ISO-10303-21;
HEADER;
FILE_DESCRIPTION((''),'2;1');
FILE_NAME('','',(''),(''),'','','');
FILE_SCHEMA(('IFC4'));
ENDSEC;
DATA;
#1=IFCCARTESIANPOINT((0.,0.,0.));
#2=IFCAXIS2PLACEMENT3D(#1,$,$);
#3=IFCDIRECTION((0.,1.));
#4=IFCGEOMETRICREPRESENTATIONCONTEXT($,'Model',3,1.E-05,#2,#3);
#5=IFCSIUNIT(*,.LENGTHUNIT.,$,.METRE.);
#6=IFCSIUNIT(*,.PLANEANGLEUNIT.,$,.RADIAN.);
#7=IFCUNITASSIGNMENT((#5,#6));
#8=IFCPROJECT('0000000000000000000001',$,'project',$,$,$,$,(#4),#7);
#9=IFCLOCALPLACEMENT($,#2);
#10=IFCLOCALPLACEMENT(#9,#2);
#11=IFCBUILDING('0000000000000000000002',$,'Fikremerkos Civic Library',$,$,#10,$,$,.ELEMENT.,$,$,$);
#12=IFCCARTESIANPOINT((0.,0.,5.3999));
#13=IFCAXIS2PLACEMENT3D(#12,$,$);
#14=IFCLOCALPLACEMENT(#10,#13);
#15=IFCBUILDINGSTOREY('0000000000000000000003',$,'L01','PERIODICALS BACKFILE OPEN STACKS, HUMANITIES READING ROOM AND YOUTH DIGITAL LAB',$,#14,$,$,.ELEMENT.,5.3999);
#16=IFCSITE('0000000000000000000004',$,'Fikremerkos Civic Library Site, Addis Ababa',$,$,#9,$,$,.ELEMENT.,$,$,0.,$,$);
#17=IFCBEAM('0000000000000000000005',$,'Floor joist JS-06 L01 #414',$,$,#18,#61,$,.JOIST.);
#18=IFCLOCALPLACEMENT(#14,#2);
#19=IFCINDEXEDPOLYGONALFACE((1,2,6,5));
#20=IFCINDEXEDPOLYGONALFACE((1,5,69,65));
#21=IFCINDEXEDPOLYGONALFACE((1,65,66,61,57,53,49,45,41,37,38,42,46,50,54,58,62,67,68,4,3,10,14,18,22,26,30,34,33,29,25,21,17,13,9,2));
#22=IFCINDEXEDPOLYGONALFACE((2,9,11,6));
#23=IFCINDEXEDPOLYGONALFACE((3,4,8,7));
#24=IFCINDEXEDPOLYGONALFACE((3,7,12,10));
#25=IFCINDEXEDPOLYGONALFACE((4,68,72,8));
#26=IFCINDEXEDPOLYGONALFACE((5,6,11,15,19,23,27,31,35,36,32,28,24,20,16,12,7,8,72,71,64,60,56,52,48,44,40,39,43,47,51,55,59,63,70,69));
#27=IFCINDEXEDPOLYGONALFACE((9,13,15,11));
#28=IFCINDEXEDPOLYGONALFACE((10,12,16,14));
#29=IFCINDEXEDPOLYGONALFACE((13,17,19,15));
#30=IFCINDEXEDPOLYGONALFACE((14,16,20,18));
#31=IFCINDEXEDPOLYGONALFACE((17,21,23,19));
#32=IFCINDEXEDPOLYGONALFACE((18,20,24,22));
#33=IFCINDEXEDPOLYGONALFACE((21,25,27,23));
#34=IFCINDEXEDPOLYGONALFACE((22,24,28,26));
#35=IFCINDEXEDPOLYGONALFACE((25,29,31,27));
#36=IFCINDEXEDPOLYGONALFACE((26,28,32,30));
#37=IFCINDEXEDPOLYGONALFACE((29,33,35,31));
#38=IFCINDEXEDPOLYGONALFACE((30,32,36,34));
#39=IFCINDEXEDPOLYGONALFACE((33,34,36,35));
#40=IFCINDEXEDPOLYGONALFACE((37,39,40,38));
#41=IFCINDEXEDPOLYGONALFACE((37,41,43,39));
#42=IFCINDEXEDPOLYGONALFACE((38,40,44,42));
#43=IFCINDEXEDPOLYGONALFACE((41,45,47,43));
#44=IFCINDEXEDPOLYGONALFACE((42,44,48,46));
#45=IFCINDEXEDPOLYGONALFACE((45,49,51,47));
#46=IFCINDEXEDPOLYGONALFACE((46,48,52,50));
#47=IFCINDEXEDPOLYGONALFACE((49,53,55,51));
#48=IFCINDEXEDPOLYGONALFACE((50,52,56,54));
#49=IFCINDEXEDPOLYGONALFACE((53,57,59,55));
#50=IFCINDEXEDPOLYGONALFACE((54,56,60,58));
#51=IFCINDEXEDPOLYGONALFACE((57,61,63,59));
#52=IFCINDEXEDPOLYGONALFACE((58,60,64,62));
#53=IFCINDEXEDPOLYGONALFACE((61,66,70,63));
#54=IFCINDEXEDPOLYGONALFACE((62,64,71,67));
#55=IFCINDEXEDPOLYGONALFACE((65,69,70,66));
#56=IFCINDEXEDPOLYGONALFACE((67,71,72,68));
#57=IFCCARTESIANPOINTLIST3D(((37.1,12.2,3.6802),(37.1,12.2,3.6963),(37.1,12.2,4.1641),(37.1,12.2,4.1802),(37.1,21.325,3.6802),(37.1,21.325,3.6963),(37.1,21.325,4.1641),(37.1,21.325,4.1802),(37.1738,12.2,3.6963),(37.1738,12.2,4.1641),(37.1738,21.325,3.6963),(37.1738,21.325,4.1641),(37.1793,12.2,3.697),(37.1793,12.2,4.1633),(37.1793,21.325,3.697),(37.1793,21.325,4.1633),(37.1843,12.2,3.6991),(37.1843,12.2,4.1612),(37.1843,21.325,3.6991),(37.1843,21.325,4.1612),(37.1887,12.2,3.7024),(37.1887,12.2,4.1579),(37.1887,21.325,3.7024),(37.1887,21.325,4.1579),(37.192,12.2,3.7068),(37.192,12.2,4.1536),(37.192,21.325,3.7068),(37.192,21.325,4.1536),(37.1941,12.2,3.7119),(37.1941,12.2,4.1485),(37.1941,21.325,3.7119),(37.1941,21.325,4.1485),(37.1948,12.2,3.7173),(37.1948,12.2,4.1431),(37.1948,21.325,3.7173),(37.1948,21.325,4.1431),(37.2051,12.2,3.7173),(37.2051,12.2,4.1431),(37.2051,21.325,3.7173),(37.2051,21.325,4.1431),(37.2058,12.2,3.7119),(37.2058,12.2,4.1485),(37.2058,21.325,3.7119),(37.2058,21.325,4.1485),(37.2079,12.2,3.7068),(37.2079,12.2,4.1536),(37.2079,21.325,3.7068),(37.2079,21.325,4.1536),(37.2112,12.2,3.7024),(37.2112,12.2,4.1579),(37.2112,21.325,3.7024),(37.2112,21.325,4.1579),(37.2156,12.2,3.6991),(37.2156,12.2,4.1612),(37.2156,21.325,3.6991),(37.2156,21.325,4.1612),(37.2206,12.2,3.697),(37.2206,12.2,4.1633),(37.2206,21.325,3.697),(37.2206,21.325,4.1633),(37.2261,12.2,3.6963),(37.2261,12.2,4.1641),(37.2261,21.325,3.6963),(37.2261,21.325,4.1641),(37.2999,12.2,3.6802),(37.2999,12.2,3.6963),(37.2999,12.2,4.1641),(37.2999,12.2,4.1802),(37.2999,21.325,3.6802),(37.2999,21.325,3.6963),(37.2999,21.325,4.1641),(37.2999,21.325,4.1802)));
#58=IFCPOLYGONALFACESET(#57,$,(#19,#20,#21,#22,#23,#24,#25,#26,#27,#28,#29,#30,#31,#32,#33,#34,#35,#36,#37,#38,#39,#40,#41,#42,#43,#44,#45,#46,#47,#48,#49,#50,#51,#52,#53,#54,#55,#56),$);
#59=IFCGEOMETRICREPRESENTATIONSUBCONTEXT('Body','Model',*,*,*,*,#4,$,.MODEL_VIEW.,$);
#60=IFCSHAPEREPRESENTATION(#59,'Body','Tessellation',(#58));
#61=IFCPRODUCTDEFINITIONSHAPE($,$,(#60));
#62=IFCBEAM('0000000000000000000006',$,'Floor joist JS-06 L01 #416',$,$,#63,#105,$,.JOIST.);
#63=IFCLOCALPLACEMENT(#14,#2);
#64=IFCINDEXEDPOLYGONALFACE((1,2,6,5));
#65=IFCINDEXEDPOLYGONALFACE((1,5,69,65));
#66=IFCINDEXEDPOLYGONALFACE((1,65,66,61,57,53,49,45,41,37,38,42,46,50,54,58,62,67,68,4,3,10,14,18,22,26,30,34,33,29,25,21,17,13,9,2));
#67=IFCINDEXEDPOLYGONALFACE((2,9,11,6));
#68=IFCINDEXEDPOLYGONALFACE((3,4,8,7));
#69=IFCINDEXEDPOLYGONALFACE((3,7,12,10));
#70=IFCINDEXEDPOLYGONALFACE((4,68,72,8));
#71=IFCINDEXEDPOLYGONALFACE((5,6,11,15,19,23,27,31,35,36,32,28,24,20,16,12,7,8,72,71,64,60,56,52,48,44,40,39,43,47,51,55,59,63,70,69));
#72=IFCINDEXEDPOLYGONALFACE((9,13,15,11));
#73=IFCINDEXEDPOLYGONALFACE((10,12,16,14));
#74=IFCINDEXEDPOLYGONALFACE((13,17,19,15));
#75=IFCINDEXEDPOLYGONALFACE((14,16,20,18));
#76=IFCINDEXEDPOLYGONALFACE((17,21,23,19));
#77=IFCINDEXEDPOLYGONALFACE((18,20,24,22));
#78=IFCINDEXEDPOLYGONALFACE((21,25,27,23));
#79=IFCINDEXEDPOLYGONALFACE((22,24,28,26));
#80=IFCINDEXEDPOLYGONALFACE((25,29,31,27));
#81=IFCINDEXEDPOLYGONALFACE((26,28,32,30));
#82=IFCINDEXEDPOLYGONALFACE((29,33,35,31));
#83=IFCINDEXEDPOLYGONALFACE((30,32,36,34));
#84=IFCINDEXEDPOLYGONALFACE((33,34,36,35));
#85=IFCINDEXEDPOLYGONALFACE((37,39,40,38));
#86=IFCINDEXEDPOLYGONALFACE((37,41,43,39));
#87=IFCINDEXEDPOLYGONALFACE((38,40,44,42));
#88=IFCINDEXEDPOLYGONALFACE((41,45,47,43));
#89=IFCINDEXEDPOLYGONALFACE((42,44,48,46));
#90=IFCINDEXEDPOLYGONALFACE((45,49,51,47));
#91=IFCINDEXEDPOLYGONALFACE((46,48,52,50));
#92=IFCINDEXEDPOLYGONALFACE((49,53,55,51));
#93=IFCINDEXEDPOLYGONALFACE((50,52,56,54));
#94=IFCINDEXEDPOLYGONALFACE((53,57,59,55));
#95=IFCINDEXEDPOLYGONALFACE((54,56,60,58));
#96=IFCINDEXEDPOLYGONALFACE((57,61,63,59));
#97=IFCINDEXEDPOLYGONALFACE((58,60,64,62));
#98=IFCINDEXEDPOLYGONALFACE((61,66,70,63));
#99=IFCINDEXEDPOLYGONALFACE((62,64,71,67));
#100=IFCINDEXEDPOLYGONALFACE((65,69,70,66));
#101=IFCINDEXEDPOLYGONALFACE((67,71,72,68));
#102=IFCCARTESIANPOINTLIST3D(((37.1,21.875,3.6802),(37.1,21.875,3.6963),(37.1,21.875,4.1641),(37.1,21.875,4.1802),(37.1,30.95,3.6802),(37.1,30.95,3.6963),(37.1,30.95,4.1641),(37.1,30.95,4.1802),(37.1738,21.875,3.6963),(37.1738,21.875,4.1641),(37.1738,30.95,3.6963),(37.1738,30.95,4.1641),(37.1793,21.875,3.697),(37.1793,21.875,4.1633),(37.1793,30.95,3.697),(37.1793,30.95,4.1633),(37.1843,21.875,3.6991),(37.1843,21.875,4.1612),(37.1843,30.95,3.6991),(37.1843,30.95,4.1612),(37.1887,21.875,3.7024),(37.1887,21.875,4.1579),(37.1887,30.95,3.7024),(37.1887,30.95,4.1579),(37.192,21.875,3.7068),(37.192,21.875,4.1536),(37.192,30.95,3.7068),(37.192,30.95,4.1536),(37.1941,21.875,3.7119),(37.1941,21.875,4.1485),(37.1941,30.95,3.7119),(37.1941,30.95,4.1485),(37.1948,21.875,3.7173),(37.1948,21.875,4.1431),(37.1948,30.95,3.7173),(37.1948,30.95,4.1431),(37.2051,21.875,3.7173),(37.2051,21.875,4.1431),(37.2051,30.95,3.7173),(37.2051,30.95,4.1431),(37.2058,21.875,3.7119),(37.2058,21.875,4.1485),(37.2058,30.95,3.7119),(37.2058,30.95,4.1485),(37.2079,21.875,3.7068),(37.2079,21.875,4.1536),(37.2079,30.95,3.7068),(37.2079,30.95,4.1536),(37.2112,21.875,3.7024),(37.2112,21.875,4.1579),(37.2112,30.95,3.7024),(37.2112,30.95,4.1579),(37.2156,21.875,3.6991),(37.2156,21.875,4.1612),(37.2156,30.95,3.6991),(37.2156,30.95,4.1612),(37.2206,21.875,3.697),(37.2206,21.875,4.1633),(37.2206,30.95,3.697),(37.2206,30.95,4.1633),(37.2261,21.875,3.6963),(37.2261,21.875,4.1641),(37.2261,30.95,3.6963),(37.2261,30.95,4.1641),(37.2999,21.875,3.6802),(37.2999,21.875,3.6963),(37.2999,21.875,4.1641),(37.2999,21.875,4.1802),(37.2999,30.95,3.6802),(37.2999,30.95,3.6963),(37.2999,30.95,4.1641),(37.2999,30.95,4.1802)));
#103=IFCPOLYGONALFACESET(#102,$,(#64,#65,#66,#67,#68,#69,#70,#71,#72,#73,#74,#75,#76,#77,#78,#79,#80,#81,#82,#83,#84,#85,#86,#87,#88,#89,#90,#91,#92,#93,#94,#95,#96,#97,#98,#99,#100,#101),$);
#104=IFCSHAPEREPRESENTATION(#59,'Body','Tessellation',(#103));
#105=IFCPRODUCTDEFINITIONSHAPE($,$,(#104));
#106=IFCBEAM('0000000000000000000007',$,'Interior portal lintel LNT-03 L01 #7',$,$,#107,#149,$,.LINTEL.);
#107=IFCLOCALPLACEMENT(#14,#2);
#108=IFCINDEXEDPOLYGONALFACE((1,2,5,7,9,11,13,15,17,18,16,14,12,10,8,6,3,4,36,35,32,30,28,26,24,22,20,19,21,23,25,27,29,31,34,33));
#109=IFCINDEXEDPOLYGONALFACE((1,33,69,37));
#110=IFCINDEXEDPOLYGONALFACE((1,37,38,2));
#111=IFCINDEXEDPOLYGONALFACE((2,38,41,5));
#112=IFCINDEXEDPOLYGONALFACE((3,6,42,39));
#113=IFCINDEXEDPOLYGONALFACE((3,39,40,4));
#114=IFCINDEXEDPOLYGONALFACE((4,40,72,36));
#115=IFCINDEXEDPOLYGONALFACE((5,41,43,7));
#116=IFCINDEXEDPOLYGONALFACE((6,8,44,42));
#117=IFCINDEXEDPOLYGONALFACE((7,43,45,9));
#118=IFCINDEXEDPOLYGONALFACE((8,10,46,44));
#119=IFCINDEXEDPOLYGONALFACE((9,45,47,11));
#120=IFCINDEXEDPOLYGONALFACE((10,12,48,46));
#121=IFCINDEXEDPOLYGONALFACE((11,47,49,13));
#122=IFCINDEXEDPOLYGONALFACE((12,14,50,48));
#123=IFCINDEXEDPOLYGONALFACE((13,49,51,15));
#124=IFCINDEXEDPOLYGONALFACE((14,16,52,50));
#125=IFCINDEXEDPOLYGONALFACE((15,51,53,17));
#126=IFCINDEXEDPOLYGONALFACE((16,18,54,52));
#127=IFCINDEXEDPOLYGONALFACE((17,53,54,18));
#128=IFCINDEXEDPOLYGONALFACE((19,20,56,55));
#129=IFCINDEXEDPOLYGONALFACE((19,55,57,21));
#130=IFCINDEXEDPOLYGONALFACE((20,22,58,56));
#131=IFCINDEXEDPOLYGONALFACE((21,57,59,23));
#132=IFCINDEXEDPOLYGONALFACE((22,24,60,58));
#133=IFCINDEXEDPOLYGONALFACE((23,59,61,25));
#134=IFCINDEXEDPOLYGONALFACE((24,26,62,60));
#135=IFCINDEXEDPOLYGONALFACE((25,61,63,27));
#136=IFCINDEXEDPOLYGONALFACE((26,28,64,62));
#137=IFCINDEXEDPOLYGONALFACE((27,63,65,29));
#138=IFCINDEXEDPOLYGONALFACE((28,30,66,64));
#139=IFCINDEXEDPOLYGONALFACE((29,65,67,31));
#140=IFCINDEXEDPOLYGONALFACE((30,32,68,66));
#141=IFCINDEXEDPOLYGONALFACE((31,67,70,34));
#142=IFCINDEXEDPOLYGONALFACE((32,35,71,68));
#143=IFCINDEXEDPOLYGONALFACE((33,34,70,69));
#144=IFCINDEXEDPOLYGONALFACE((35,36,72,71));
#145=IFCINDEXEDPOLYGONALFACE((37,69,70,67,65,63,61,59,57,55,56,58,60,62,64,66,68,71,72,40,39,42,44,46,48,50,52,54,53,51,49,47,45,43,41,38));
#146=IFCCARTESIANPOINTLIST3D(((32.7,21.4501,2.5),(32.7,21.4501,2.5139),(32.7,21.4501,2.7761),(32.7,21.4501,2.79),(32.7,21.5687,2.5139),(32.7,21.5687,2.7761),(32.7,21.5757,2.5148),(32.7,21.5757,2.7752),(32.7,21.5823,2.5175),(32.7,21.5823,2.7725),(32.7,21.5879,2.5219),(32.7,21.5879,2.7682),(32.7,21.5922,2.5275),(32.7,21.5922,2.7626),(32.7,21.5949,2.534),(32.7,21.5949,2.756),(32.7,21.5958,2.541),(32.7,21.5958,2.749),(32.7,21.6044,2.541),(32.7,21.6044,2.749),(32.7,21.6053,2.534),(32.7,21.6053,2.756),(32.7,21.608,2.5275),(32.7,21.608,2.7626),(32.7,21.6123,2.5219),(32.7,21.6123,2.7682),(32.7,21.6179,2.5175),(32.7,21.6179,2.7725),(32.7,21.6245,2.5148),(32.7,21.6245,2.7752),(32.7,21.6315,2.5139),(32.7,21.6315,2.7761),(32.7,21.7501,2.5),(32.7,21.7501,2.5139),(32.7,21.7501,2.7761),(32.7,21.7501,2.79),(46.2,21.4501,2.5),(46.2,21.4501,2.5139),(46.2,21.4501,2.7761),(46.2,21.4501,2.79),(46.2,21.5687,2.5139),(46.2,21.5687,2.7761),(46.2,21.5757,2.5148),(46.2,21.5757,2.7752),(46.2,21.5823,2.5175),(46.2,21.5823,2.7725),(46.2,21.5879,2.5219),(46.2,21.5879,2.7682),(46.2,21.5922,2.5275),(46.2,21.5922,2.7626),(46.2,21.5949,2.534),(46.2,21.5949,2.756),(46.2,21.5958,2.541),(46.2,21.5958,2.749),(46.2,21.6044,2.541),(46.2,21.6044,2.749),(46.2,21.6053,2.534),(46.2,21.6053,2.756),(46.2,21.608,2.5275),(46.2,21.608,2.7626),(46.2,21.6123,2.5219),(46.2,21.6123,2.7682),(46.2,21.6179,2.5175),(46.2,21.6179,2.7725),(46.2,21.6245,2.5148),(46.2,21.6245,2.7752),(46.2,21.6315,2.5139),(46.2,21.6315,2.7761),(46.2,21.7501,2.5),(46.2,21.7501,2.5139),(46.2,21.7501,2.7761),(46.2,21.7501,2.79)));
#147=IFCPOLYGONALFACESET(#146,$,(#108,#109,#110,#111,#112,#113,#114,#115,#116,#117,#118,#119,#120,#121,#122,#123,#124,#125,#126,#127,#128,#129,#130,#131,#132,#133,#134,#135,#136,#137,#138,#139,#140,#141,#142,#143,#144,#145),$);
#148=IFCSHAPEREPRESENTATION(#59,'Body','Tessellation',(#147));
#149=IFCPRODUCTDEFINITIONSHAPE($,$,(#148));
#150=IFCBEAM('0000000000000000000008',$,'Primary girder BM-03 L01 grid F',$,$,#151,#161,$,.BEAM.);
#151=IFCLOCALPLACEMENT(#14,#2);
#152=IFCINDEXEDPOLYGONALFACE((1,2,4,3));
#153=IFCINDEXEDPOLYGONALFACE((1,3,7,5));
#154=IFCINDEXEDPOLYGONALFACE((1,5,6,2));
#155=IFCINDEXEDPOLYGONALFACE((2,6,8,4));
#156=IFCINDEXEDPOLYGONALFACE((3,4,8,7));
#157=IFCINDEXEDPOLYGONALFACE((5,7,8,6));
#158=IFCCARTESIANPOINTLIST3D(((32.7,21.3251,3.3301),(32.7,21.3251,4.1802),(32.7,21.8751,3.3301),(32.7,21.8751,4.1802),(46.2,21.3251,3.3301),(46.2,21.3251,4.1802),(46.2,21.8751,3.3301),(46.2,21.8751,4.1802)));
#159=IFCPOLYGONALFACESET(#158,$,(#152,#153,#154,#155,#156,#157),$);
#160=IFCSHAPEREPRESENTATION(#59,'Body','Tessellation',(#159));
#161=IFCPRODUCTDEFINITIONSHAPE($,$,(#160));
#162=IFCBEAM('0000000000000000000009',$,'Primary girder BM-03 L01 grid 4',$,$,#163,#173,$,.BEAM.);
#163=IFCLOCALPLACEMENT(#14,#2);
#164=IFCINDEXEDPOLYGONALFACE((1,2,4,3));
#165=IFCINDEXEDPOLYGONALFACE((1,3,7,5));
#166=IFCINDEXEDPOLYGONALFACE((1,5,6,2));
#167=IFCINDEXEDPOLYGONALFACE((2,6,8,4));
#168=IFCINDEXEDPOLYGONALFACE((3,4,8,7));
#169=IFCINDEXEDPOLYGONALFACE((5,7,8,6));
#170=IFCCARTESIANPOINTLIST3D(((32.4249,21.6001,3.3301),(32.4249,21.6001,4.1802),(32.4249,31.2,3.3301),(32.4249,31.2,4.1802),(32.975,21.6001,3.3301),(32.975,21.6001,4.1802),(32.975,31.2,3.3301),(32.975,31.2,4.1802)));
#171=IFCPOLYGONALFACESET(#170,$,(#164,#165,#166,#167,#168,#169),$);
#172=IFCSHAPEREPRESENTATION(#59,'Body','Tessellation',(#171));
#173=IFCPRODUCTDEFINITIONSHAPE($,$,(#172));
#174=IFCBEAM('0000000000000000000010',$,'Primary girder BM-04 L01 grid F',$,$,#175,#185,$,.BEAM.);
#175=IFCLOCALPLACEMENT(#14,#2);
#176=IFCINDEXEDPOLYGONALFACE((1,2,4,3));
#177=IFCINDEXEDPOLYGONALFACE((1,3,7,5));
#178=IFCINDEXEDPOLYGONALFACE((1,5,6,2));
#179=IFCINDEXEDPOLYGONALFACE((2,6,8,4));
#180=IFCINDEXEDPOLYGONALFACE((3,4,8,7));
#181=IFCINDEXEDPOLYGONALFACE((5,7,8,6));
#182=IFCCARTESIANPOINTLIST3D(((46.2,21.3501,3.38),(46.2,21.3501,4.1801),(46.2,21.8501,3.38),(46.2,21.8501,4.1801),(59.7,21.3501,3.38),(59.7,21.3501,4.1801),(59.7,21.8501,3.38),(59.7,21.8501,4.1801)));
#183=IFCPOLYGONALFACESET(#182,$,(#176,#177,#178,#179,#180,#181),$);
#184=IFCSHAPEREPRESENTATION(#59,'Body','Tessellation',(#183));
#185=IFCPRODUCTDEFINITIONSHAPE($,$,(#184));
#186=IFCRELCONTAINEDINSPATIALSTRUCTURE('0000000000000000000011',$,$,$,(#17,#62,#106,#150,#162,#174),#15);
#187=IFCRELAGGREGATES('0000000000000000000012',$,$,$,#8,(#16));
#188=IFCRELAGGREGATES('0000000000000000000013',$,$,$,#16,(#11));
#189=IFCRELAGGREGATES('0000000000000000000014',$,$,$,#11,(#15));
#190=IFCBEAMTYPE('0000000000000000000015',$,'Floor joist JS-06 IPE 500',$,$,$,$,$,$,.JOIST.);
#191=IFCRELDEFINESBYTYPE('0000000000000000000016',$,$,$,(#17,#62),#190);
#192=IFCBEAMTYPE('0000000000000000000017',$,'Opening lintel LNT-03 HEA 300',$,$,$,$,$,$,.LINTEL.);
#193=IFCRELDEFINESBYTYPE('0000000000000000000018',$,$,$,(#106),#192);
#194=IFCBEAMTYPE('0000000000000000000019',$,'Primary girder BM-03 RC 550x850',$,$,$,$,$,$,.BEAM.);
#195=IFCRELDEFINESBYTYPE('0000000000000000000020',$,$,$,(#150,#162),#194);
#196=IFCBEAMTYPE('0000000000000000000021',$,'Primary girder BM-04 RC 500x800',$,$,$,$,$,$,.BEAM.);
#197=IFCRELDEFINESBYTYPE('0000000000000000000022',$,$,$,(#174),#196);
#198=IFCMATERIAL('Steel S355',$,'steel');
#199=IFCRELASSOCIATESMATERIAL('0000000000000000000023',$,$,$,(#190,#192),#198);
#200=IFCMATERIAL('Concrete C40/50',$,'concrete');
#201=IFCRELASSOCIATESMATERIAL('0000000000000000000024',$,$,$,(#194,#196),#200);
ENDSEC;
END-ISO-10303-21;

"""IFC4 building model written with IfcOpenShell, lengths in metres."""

from ifc_helpers import new_model, si_unit, direction, frame, origin, origin_2d, place, context, subcontext, project, spatial, rectangle, i_section, extrude, material, material_profile, profile_set, type_object, element, save


model = new_model("IFC4")

# Units and contexts
model_context = context("Model", 3, precision=1e-05, world=origin(), true_north=direction((0.0, 1.0)))
body_context = subcontext(model_context, "Body", "Model", "MODEL_VIEW")
ifc_project = project(units=[si_unit("LENGTHUNIT", "METRE"), si_unit("PLANEANGLEUNIT", "RADIAN")], contexts=[model_context])

# Site, building, storey
site_placement = place(None, origin())
site = spatial("IfcSite", under=ifc_project, at=site_placement, Name="Fikremerkos Civic Library Site, Addis Ababa", CompositionType="ELEMENT", RefElevation=0.0)
building_placement = place(site_placement, origin())
building = spatial("IfcBuilding", under=site, at=building_placement, Name="Fikremerkos Civic Library", CompositionType="ELEMENT")
storey_placement = place(building_placement, frame((0.0, 0.0, 5.3999)))
storey = spatial("IfcBuildingStorey", under=building, at=storey_placement, Name="L01", Description="PERIODICALS BACKFILE OPEN STACKS, HUMANITIES READING ROOM AND YOUTH DIGITAL LAB", CompositionType="ELEMENT", Elevation=5.3999)

# Shared definitions
ifc_material_1 = material(Name="Concrete C40/50", Category="concrete")

# Beams
ifc_material_2 = material(Name="Steel S355", Category="steel")
ifc_material_profile_1 = material_profile(ifc_material_2, i_section(OverallWidth=0.2, OverallDepth=0.5, WebThickness=0.0103, FlangeThickness=0.0161, FilletRadius=0.021, at=origin_2d()), Name="IPE 500")
ifc_profile_set_1 = profile_set([ifc_material_profile_1], Name="Steel S355")
beam_type_1 = type_object("IfcBeamType", Name="Floor joist JS-06 IPE 500", PredefinedType="JOIST", material=ifc_profile_set_1)
beam_1_placement = place(storey_placement, frame((37.2, 12.2, 3.9302), z_axis=(0.0, 1.0, 0.0), x_axis=(-1.0, 0.0, 0.0)))
element("IfcBeam", 1, at=beam_1_placement, inside=storey, type_object=beam_type_1, Name="Floor joist JS-06 L01 #414", PredefinedType="JOIST", context=body_context, shape_type="SweptSolid", body=[
    extrude(i_section(OverallWidth=0.2, OverallDepth=0.5, WebThickness=0.0103, FlangeThickness=0.0161, FilletRadius=0.021, at=origin_2d()), origin(), (0.0, 0.0, 1.0), 9.125),
])
beam_2_placement = place(storey_placement, frame((37.2, 21.875, 3.9302), z_axis=(0.0, 1.0, 0.0), x_axis=(-1.0, 0.0, 0.0)))
element("IfcBeam", 2, at=beam_2_placement, inside=storey, type_object=beam_type_1, Name="Floor joist JS-06 L01 #416", PredefinedType="JOIST", context=body_context, shape_type="SweptSolid", body=[
    extrude(i_section(OverallWidth=0.2, OverallDepth=0.5, WebThickness=0.0103, FlangeThickness=0.0161, FilletRadius=0.021, at=origin_2d()), origin(), (0.0, 0.0, 1.0), 9.075),
])
ifc_material_profile_2 = material_profile(ifc_material_2, i_section(OverallWidth=0.3, OverallDepth=0.29, WebThickness=0.0085, FlangeThickness=0.0139, FilletRadius=0.0271, at=origin_2d()), Name="HEA 300")
ifc_profile_set_2 = profile_set([ifc_material_profile_2], Name="Steel S355")
beam_type_2 = type_object("IfcBeamType", Name="Opening lintel LNT-03 HEA 300", PredefinedType="LINTEL", material=ifc_profile_set_2)
beam_3_placement = place(storey_placement, frame((32.7, 21.6001, 2.645), z_axis=(1.0, 0.0, 0.0), x_axis=(0.0, 1.0, 0.0)))
element("IfcBeam", 3, at=beam_3_placement, inside=storey, type_object=beam_type_2, Name="Interior portal lintel LNT-03 L01 #7", PredefinedType="LINTEL", context=body_context, shape_type="SweptSolid", body=[
    extrude(i_section(OverallWidth=0.3, OverallDepth=0.29, WebThickness=0.0085, FlangeThickness=0.0139, FilletRadius=0.0271, at=origin_2d()), origin(), (0.0, 0.0, 1.0), 13.5),
])
ifc_material_profile_3 = material_profile(ifc_material_1, rectangle(XDim=0.55, YDim=0.8501, at=origin_2d()), Name="RC 550x850")
ifc_profile_set_3 = profile_set([ifc_material_profile_3], Name="Concrete C40/50")
beam_type_3 = type_object("IfcBeamType", Name="Primary girder BM-03 RC 550x850", PredefinedType="BEAM", material=ifc_profile_set_3)
beam_4_placement = place(storey_placement, frame((32.7, 21.6001, 3.7551), z_axis=(1.0, 0.0, 0.0), x_axis=(0.0, 1.0, 0.0)))
element("IfcBeam", 4, at=beam_4_placement, inside=storey, type_object=beam_type_3, Name="Primary girder BM-03 L01 grid F", PredefinedType="BEAM", context=body_context, shape_type="SweptSolid", body=[
    extrude(rectangle(XDim=0.55, YDim=0.8501, at=origin_2d()), origin(), (0.0, 0.0, 1.0), 13.5),
])
beam_5_placement = place(storey_placement, frame((32.7, 21.6001, 3.7551), z_axis=(0.0, 1.0, 0.0), x_axis=(-1.0, 0.0, 0.0)))
element("IfcBeam", 5, at=beam_5_placement, inside=storey, type_object=beam_type_3, Name="Primary girder BM-03 L01 grid 4", PredefinedType="BEAM", context=body_context, shape_type="SweptSolid", body=[
    extrude(rectangle(XDim=0.55, YDim=0.8501, at=origin_2d()), origin(), (0.0, 0.0, 1.0), 9.5999),
])
ifc_material_profile_4 = material_profile(ifc_material_1, rectangle(XDim=0.5, YDim=0.8, at=origin_2d()), Name="RC 500x800")
ifc_profile_set_4 = profile_set([ifc_material_profile_4], Name="Concrete C40/50")
beam_type_4 = type_object("IfcBeamType", Name="Primary girder BM-04 RC 500x800", PredefinedType="BEAM", material=ifc_profile_set_4)
beam_6_placement = place(storey_placement, frame((46.2, 21.6001, 3.78), z_axis=(1.0, 0.0, 0.0), x_axis=(0.0, 1.0, 0.0)))
element("IfcBeam", 6, at=beam_6_placement, inside=storey, type_object=beam_type_4, Name="Primary girder BM-04 L01 grid F", PredefinedType="BEAM", context=body_context, shape_type="SweptSolid", body=[
    extrude(rectangle(XDim=0.5, YDim=0.8, at=origin_2d()), origin(), (0.0, 0.0, 1.0), 13.5),
])

save(model, "model.ifc")
